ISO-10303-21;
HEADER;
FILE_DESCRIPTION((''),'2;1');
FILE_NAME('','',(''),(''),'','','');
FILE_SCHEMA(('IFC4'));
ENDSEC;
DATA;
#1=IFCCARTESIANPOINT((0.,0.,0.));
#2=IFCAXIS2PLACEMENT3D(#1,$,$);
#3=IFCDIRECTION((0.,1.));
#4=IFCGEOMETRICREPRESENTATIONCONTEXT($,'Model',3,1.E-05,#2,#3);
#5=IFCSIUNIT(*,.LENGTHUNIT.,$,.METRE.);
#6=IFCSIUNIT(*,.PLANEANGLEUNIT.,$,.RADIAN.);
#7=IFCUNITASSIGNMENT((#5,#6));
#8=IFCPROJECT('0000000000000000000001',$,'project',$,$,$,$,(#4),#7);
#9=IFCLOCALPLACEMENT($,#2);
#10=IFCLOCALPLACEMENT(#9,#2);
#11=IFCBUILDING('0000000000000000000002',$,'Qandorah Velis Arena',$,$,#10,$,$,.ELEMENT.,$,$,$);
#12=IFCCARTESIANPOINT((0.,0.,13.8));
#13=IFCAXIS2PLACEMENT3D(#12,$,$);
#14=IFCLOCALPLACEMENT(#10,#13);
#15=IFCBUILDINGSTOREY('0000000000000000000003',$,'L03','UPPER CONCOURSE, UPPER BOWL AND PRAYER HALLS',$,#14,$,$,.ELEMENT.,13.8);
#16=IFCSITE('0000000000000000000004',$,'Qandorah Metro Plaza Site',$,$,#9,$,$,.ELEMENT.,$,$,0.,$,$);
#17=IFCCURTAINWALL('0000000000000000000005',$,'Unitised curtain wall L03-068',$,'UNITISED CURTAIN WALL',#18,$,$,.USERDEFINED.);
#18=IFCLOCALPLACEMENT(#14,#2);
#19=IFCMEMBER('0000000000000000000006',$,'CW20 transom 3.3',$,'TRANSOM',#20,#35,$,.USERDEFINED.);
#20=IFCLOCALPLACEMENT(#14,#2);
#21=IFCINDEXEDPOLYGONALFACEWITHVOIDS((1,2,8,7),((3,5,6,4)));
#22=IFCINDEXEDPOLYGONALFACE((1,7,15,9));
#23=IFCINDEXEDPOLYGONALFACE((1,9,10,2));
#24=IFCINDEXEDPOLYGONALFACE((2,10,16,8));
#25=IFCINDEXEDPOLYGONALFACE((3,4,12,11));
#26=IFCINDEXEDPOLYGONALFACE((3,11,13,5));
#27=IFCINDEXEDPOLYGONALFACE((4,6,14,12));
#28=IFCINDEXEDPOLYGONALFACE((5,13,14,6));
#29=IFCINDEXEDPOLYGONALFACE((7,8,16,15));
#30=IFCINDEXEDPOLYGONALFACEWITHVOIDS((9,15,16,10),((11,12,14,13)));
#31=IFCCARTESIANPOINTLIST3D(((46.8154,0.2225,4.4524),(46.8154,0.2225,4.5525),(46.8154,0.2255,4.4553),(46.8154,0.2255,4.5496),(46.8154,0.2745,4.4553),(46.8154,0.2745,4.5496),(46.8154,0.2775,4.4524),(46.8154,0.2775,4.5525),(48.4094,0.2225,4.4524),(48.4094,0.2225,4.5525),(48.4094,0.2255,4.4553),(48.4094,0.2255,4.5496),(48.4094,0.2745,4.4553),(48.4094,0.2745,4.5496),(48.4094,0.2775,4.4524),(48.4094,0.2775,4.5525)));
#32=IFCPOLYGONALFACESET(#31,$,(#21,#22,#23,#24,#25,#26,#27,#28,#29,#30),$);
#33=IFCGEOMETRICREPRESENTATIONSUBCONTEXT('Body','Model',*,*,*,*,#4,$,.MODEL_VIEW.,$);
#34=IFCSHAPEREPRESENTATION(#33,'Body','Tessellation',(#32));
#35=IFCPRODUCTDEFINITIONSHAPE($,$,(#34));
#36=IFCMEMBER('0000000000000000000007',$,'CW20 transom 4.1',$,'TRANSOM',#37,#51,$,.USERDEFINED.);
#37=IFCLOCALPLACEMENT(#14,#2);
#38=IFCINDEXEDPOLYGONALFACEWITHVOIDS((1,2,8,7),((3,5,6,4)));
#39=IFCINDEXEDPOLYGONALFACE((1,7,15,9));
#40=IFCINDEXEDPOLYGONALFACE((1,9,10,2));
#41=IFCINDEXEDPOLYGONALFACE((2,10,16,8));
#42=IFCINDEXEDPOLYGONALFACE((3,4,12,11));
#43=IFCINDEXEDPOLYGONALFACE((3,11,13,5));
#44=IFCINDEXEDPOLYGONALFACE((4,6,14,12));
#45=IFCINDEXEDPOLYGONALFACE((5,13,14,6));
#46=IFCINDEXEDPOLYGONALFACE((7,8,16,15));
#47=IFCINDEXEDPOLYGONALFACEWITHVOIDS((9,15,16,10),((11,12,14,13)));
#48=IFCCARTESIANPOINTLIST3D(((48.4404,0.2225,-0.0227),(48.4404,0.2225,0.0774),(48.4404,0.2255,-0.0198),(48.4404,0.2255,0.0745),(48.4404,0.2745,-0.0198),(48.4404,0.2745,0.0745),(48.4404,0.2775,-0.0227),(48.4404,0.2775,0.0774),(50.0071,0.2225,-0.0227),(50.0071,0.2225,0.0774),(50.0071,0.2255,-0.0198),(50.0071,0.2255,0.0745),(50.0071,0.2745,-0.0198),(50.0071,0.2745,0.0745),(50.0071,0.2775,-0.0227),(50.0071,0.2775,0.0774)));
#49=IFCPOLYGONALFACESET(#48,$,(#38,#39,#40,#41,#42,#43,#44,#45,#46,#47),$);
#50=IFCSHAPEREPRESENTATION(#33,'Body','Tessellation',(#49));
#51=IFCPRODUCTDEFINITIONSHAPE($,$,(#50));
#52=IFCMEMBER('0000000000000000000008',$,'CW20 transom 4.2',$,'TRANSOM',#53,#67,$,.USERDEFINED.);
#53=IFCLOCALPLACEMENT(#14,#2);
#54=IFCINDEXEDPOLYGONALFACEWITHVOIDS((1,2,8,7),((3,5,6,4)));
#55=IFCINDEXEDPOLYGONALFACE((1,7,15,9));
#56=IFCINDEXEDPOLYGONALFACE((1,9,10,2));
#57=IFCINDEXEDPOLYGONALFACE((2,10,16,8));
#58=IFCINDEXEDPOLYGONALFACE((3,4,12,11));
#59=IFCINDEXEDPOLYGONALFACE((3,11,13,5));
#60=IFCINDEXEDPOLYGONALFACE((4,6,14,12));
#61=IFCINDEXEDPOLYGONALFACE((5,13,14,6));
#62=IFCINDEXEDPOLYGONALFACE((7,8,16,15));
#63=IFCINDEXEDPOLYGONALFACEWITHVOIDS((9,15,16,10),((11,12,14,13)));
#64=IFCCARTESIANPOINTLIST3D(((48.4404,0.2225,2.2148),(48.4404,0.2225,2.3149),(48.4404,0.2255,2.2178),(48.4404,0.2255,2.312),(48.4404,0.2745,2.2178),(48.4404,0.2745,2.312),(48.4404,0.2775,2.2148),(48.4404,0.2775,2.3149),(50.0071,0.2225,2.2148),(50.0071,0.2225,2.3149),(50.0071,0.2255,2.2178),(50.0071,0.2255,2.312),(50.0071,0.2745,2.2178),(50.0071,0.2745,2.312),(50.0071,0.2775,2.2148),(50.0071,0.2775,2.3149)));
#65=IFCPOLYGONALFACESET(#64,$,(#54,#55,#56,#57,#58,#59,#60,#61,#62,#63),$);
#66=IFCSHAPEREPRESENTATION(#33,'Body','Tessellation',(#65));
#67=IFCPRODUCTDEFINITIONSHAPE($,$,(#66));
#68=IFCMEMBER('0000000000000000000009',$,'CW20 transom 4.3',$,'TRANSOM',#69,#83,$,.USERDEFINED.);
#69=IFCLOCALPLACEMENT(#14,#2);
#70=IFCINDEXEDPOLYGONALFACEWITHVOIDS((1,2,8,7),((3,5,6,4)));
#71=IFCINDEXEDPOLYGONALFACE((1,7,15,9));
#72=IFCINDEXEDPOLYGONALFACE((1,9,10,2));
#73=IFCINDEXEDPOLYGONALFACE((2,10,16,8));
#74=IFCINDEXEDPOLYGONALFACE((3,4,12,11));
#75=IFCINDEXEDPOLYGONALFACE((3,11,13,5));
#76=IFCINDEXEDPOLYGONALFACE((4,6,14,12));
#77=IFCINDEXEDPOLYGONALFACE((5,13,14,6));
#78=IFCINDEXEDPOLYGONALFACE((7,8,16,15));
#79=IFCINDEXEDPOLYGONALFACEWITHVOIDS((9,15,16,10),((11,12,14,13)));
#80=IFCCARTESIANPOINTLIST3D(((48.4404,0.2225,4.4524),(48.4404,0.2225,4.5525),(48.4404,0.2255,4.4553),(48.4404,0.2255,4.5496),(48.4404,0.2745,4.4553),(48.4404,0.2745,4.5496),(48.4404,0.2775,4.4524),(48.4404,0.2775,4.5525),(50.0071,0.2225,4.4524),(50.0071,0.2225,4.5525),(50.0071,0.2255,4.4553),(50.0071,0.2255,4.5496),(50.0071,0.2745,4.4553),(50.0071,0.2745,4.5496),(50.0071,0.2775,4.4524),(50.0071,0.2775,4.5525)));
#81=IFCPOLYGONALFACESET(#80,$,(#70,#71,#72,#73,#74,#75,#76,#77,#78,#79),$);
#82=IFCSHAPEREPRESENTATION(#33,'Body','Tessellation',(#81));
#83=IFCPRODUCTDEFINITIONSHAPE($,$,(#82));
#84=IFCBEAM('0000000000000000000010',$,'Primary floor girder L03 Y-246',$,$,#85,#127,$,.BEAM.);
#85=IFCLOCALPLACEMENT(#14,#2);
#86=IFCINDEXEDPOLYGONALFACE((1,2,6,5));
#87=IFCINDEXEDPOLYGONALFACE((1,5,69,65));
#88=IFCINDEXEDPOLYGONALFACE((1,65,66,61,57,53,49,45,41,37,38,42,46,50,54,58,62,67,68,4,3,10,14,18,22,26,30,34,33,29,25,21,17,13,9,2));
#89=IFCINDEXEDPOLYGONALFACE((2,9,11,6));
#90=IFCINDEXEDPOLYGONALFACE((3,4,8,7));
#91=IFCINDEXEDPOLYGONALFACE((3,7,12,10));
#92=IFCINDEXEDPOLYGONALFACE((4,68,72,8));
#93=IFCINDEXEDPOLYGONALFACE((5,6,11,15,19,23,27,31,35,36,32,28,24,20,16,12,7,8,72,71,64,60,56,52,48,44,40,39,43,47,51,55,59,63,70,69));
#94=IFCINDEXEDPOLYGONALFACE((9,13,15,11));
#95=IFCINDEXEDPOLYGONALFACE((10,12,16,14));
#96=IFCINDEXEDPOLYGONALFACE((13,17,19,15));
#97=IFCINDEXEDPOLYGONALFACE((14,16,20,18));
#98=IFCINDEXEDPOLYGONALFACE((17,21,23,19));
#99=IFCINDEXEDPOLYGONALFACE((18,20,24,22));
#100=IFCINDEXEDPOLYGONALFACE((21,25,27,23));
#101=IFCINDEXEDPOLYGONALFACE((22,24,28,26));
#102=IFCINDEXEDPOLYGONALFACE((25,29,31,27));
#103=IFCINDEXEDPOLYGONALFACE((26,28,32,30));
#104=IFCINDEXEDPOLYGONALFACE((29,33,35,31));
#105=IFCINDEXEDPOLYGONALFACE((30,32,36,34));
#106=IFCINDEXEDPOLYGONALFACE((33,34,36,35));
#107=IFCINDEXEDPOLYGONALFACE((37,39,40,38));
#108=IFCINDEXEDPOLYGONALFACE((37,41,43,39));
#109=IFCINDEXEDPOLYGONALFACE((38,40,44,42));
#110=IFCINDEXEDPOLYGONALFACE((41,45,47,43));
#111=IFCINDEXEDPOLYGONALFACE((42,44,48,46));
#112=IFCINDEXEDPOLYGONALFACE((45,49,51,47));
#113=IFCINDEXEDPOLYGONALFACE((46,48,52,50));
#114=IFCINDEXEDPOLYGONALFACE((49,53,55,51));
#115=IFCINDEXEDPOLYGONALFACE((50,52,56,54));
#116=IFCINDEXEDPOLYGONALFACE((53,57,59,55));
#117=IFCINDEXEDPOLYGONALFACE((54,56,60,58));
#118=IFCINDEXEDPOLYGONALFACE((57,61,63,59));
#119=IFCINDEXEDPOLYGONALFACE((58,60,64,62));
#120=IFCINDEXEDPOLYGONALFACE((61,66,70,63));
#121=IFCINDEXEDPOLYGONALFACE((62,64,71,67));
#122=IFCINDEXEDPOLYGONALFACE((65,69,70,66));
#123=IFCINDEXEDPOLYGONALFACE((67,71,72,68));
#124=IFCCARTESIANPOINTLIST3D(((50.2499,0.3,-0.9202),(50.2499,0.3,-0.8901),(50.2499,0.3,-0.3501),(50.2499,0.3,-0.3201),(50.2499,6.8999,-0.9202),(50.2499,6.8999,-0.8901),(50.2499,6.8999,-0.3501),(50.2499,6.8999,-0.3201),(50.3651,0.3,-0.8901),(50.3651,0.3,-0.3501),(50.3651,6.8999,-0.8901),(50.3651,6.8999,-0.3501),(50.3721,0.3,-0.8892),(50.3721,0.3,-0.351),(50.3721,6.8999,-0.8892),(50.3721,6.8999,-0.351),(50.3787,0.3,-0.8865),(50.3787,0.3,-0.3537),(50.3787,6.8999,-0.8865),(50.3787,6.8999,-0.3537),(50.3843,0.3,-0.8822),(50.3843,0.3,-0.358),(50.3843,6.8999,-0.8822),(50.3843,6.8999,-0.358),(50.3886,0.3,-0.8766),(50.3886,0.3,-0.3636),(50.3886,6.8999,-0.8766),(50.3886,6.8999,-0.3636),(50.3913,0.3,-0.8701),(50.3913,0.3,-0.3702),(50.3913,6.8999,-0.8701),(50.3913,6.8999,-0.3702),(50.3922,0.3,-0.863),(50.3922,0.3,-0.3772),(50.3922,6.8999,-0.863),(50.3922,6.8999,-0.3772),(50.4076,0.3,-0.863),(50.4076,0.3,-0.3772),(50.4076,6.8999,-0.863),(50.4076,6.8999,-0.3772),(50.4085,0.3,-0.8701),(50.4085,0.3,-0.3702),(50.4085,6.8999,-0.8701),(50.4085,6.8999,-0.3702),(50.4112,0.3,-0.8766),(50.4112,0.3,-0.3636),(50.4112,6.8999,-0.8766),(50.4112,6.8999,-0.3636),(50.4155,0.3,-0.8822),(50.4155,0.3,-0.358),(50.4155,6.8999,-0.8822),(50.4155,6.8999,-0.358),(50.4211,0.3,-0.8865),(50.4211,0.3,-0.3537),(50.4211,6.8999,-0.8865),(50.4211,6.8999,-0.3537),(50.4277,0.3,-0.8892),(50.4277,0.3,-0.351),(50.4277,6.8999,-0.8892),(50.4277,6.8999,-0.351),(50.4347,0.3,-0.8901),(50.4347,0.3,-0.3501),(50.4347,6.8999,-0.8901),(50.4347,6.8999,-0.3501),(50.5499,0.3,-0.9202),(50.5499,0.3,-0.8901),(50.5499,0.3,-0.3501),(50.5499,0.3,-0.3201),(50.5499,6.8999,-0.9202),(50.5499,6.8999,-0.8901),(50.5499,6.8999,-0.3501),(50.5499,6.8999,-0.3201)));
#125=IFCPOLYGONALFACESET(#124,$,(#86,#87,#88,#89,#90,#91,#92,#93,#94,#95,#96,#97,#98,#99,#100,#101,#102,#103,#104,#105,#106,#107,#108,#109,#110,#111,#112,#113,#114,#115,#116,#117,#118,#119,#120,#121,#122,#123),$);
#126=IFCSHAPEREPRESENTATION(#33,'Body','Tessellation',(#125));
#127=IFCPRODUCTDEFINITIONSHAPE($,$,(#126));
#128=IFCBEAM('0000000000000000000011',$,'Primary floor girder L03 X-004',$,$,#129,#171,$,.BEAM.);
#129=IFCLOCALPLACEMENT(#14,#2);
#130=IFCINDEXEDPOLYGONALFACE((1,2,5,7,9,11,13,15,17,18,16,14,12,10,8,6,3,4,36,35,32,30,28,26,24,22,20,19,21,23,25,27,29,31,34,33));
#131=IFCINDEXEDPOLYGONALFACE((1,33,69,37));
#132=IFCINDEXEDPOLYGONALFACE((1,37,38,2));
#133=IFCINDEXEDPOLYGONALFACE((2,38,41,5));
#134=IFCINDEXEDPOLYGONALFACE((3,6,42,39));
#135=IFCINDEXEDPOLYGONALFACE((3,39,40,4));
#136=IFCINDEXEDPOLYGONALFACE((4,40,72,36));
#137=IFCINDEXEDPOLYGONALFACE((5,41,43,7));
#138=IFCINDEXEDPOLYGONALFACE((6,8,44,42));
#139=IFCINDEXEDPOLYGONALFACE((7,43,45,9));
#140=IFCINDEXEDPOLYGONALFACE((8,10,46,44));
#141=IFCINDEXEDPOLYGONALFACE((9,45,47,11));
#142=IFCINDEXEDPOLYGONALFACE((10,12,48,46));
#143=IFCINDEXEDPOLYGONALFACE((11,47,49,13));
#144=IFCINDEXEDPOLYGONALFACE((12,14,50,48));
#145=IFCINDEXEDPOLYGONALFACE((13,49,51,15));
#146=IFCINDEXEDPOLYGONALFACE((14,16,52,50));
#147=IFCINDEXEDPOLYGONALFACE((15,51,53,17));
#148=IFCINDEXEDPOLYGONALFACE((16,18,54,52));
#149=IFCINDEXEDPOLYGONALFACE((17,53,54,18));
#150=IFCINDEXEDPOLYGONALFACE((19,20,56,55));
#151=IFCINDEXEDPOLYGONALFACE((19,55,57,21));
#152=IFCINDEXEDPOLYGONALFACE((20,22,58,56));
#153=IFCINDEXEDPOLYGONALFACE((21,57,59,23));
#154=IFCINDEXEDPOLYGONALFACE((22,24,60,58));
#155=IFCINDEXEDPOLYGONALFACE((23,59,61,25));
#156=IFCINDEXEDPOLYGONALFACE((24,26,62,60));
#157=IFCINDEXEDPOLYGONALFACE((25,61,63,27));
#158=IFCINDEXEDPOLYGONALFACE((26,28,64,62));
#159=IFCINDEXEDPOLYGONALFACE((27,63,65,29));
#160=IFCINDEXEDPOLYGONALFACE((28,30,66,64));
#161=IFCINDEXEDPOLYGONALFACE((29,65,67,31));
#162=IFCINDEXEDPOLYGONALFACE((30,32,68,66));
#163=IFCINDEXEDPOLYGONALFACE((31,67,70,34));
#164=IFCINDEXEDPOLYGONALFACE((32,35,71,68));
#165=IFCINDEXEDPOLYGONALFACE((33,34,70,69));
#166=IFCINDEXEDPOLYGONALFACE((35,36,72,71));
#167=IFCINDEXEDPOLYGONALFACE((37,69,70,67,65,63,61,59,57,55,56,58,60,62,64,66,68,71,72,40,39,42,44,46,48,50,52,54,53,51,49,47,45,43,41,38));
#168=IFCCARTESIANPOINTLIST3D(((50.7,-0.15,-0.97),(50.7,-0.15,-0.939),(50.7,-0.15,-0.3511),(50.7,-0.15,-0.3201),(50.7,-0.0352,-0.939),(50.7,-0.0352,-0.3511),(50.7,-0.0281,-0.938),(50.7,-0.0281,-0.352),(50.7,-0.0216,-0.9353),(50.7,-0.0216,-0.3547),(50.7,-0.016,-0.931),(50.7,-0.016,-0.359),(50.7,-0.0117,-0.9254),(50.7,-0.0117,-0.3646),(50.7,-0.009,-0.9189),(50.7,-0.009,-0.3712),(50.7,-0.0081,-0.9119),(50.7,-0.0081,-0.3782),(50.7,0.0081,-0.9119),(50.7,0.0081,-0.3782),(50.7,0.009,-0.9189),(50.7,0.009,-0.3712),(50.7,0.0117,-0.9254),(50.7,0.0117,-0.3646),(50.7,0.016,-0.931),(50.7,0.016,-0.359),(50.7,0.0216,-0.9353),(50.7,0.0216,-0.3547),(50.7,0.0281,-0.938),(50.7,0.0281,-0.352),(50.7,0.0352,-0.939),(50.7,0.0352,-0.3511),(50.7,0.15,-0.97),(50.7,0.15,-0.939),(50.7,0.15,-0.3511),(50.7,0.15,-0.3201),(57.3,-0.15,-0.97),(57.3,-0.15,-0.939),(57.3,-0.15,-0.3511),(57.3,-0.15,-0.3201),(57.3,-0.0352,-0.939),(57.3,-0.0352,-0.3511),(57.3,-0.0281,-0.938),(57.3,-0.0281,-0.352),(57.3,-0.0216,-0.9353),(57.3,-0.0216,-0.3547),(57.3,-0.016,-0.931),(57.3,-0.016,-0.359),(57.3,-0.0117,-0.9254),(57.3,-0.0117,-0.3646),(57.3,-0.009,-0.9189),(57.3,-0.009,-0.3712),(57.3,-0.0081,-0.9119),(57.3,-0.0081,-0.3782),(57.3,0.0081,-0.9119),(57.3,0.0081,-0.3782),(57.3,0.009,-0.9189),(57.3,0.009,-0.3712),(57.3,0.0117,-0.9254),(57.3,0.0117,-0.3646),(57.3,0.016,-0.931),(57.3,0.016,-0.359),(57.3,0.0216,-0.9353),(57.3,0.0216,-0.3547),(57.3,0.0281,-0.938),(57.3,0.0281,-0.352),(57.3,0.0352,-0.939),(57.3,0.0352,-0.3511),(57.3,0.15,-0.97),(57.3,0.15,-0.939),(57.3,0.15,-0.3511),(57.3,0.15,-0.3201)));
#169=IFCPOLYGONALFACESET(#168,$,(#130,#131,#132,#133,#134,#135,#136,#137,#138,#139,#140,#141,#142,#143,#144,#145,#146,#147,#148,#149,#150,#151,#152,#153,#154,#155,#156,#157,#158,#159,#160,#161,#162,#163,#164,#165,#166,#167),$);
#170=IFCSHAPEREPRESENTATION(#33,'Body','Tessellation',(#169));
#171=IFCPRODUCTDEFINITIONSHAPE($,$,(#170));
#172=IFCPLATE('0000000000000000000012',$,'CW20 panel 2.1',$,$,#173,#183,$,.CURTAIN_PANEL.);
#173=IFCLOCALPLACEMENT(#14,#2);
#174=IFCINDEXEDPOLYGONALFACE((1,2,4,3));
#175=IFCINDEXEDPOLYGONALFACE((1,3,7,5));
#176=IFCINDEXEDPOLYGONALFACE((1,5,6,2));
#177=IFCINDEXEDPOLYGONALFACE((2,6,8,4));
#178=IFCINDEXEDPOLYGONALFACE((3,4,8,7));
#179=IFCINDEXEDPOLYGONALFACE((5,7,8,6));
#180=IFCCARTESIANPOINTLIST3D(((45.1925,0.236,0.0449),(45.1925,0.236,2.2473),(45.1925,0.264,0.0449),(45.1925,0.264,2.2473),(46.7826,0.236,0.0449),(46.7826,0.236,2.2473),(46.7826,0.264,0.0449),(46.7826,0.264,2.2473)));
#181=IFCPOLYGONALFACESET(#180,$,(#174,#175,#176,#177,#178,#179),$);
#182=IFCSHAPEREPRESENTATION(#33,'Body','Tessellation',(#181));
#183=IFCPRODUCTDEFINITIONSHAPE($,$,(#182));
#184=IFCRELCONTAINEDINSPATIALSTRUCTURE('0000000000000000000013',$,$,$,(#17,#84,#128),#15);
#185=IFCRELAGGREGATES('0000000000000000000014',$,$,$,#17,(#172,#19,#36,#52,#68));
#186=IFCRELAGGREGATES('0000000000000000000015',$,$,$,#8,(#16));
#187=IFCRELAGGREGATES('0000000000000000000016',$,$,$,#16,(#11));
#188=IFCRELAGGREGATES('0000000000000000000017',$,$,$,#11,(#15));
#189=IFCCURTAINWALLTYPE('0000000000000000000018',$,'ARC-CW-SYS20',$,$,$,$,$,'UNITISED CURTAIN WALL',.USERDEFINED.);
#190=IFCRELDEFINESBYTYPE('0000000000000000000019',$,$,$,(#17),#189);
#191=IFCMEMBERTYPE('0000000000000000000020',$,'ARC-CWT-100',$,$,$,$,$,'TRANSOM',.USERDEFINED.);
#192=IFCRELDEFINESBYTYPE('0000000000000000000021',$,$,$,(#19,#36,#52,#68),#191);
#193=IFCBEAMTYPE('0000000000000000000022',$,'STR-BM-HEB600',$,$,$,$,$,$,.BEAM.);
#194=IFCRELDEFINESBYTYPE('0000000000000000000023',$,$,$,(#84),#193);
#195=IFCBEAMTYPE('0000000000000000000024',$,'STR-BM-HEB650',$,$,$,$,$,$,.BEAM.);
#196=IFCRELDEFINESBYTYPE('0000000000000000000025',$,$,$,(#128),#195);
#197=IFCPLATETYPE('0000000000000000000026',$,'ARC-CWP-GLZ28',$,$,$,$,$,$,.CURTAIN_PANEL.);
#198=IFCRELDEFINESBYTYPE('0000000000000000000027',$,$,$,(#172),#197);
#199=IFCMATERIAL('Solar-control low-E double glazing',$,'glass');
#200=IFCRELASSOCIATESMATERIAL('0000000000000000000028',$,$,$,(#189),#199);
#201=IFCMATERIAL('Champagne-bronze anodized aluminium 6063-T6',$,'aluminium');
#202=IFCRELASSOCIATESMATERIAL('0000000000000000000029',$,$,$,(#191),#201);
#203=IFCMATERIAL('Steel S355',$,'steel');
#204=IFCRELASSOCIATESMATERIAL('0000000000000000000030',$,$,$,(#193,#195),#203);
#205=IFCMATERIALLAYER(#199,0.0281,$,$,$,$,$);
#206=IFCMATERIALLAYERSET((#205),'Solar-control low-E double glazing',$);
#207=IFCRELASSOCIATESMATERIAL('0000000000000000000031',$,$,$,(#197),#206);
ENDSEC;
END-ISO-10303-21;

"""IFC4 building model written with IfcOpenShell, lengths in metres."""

from ifc_helpers import new_model, si_unit, direction, frame, origin, origin_2d, place, context, subcontext, project, spatial, rectangle, hollow_rectangle, i_section, extrude, material, layer, layer_set, material_profile, profile_set, type_object, element, aggregate, save


model = new_model("IFC4")

# Units and contexts
model_context = context("Model", 3, precision=1e-05, world=origin(), true_north=direction((0.0, 1.0)))
body_context = subcontext(model_context, "Body", "Model", "MODEL_VIEW")
ifc_project = project(units=[si_unit("LENGTHUNIT", "METRE"), si_unit("PLANEANGLEUNIT", "RADIAN")], contexts=[model_context])

# Site, building, storey
site_placement = place(None, origin())
site = spatial("IfcSite", under=ifc_project, at=site_placement, Name="Qandorah Metro Plaza Site", CompositionType="ELEMENT", RefElevation=0.0)
building_placement = place(site_placement, origin())
building = spatial("IfcBuilding", under=site, at=building_placement, Name="Qandorah Velis Arena", CompositionType="ELEMENT")
storey_placement = place(building_placement, frame((0.0, 0.0, 13.8)))
storey = spatial("IfcBuildingStorey", under=building, at=storey_placement, Name="L03", Description="UPPER CONCOURSE, UPPER BOWL AND PRAYER HALLS", CompositionType="ELEMENT", Elevation=13.8)

# Curtain wall, members
ifc_material_1 = material(Name="Solar-control low-E double glazing", Category="glass")
curtain_wall_type = type_object("IfcCurtainWallType", Name="ARC-CW-SYS20", ElementType="UNITISED CURTAIN WALL", PredefinedType="USERDEFINED", material=ifc_material_1)
curtain_wall_placement = place(storey_placement, origin())
curtain_wall = element("IfcCurtainWall", 1, at=curtain_wall_placement, inside=storey, type_object=curtain_wall_type, Name="Unitised curtain wall L03-068", ObjectType="UNITISED CURTAIN WALL", PredefinedType="USERDEFINED")
ifc_material_2 = material(Name="Champagne-bronze anodized aluminium 6063-T6", Category="aluminium")
ifc_material_profile_1 = material_profile(ifc_material_2, hollow_rectangle(XDim=0.0549, YDim=0.1001, WallThickness=0.0029, at=origin_2d()), Name="ALU TRANSOM 55x100")
ifc_profile_set_1 = profile_set([ifc_material_profile_1], Name="Champagne-bronze anodized aluminium 6063-T6")
member_type_1 = type_object("IfcMemberType", Name="ARC-CWT-100", ElementType="TRANSOM", PredefinedType="USERDEFINED", material=ifc_profile_set_1)
member_1_placement = place(storey_placement, frame((46.8154, 0.25, 4.5024), z_axis=(1.0, 0.0, 0.0), x_axis=(0.0, 1.0, 0.0)))
member_1 = element("IfcMember", 2, at=member_1_placement, type_object=member_type_1, Name="CW20 transom 3.3", ObjectType="TRANSOM", PredefinedType="USERDEFINED", context=body_context, shape_type="SweptSolid", body=[
    extrude(hollow_rectangle(XDim=0.0549, YDim=0.1001, WallThickness=0.0029, at=origin_2d()), origin(), (0.0, 0.0, 1.0), 1.594),
])
member_2_placement = place(storey_placement, frame((48.4404, 0.25, 0.0273), z_axis=(1.0, 0.0, 0.0), x_axis=(0.0, 1.0, 0.0)))
member_2 = element("IfcMember", 3, at=member_2_placement, type_object=member_type_1, Name="CW20 transom 4.1", ObjectType="TRANSOM", PredefinedType="USERDEFINED", context=body_context, shape_type="SweptSolid", body=[
    extrude(hollow_rectangle(XDim=0.0549, YDim=0.1001, WallThickness=0.0029, at=origin_2d()), origin(), (0.0, 0.0, 1.0), 1.5667),
])
member_3_placement = place(storey_placement, frame((48.4404, 0.25, 2.2649), z_axis=(1.0, 0.0, 0.0), x_axis=(0.0, 1.0, 0.0)))
member_3 = element("IfcMember", 4, at=member_3_placement, type_object=member_type_1, Name="CW20 transom 4.2", ObjectType="TRANSOM", PredefinedType="USERDEFINED", context=body_context, shape_type="SweptSolid", body=[
    extrude(hollow_rectangle(XDim=0.0549, YDim=0.1001, WallThickness=0.0029, at=origin_2d()), origin(), (0.0, 0.0, 1.0), 1.5667),
])
member_4_placement = place(storey_placement, frame((48.4404, 0.25, 4.5024), z_axis=(1.0, 0.0, 0.0), x_axis=(0.0, 1.0, 0.0)))
member_4 = element("IfcMember", 5, at=member_4_placement, type_object=member_type_1, Name="CW20 transom 4.3", ObjectType="TRANSOM", PredefinedType="USERDEFINED", context=body_context, shape_type="SweptSolid", body=[
    extrude(hollow_rectangle(XDim=0.0549, YDim=0.1001, WallThickness=0.0029, at=origin_2d()), origin(), (0.0, 0.0, 1.0), 1.5667),
])

# Beams
ifc_material_3 = material(Name="Steel S355", Category="steel")
ifc_material_profile_2 = material_profile(ifc_material_3, i_section(OverallWidth=0.3, OverallDepth=0.6001, WebThickness=0.0154, FlangeThickness=0.03, FilletRadius=0.0271, at=origin_2d()), Name="HEB 600")
ifc_profile_set_2 = profile_set([ifc_material_profile_2], Name="Steel S355")
beam_type_1 = type_object("IfcBeamType", Name="STR-BM-HEB600", PredefinedType="BEAM", material=ifc_profile_set_2)
beam_1_placement = place(storey_placement, frame((50.3999, 0.3, -0.6201), z_axis=(0.0, 1.0, 0.0), x_axis=(-1.0, 0.0, 0.0)))
element("IfcBeam", 6, at=beam_1_placement, inside=storey, type_object=beam_type_1, Name="Primary floor girder L03 Y-246", PredefinedType="BEAM", context=body_context, shape_type="SweptSolid", body=[
    extrude(i_section(OverallWidth=0.3, OverallDepth=0.6001, WebThickness=0.0154, FlangeThickness=0.03, FilletRadius=0.0271, at=origin_2d()), origin(), (0.0, 0.0, 1.0), 6.5999),
])
ifc_material_profile_3 = material_profile(ifc_material_3, i_section(OverallWidth=0.3, OverallDepth=0.6499, WebThickness=0.0161, FlangeThickness=0.031, FilletRadius=0.0271, at=origin_2d()), Name="HEB 650")
ifc_profile_set_3 = profile_set([ifc_material_profile_3], Name="Steel S355")
beam_type_2 = type_object("IfcBeamType", Name="STR-BM-HEB650", PredefinedType="BEAM", material=ifc_profile_set_3)
beam_2_placement = place(storey_placement, frame((50.7, 0.0, -0.645), z_axis=(1.0, 0.0, 0.0), x_axis=(0.0, 1.0, 0.0)))
element("IfcBeam", 7, at=beam_2_placement, inside=storey, type_object=beam_type_2, Name="Primary floor girder L03 X-004", PredefinedType="BEAM", context=body_context, shape_type="SweptSolid", body=[
    extrude(i_section(OverallWidth=0.3, OverallDepth=0.6499, WebThickness=0.0161, FlangeThickness=0.031, FilletRadius=0.0271, at=origin_2d()), origin(), (0.0, 0.0, 1.0), 6.6001),
])

# Plate
ifc_layer_1 = layer(ifc_material_1, 0.0281)
ifc_layer_set_1 = layer_set([ifc_layer_1], Name="Solar-control low-E double glazing")
plate_type = type_object("IfcPlateType", Name="ARC-CWP-GLZ28", PredefinedType="CURTAIN_PANEL", material=ifc_layer_set_1)
plate_1_placement = place(storey_placement, frame((45.9875, 0.25, 0.0449), z_axis=(0.0, 0.0, 1.0), x_axis=(1.0, 0.0, 0.0)))
plate_1 = element("IfcPlate", 8, at=plate_1_placement, type_object=plate_type, Name="CW20 panel 2.1", PredefinedType="CURTAIN_PANEL", context=body_context, shape_type="SweptSolid", body=[
    extrude(rectangle(XDim=1.5901, YDim=0.0281, at=origin_2d()), origin(), (0.0, 0.0, 1.0), 2.2024),
])
aggregate(curtain_wall, [plate_1, member_1, member_2, member_3, member_4])

save(model, "model.ifc")
